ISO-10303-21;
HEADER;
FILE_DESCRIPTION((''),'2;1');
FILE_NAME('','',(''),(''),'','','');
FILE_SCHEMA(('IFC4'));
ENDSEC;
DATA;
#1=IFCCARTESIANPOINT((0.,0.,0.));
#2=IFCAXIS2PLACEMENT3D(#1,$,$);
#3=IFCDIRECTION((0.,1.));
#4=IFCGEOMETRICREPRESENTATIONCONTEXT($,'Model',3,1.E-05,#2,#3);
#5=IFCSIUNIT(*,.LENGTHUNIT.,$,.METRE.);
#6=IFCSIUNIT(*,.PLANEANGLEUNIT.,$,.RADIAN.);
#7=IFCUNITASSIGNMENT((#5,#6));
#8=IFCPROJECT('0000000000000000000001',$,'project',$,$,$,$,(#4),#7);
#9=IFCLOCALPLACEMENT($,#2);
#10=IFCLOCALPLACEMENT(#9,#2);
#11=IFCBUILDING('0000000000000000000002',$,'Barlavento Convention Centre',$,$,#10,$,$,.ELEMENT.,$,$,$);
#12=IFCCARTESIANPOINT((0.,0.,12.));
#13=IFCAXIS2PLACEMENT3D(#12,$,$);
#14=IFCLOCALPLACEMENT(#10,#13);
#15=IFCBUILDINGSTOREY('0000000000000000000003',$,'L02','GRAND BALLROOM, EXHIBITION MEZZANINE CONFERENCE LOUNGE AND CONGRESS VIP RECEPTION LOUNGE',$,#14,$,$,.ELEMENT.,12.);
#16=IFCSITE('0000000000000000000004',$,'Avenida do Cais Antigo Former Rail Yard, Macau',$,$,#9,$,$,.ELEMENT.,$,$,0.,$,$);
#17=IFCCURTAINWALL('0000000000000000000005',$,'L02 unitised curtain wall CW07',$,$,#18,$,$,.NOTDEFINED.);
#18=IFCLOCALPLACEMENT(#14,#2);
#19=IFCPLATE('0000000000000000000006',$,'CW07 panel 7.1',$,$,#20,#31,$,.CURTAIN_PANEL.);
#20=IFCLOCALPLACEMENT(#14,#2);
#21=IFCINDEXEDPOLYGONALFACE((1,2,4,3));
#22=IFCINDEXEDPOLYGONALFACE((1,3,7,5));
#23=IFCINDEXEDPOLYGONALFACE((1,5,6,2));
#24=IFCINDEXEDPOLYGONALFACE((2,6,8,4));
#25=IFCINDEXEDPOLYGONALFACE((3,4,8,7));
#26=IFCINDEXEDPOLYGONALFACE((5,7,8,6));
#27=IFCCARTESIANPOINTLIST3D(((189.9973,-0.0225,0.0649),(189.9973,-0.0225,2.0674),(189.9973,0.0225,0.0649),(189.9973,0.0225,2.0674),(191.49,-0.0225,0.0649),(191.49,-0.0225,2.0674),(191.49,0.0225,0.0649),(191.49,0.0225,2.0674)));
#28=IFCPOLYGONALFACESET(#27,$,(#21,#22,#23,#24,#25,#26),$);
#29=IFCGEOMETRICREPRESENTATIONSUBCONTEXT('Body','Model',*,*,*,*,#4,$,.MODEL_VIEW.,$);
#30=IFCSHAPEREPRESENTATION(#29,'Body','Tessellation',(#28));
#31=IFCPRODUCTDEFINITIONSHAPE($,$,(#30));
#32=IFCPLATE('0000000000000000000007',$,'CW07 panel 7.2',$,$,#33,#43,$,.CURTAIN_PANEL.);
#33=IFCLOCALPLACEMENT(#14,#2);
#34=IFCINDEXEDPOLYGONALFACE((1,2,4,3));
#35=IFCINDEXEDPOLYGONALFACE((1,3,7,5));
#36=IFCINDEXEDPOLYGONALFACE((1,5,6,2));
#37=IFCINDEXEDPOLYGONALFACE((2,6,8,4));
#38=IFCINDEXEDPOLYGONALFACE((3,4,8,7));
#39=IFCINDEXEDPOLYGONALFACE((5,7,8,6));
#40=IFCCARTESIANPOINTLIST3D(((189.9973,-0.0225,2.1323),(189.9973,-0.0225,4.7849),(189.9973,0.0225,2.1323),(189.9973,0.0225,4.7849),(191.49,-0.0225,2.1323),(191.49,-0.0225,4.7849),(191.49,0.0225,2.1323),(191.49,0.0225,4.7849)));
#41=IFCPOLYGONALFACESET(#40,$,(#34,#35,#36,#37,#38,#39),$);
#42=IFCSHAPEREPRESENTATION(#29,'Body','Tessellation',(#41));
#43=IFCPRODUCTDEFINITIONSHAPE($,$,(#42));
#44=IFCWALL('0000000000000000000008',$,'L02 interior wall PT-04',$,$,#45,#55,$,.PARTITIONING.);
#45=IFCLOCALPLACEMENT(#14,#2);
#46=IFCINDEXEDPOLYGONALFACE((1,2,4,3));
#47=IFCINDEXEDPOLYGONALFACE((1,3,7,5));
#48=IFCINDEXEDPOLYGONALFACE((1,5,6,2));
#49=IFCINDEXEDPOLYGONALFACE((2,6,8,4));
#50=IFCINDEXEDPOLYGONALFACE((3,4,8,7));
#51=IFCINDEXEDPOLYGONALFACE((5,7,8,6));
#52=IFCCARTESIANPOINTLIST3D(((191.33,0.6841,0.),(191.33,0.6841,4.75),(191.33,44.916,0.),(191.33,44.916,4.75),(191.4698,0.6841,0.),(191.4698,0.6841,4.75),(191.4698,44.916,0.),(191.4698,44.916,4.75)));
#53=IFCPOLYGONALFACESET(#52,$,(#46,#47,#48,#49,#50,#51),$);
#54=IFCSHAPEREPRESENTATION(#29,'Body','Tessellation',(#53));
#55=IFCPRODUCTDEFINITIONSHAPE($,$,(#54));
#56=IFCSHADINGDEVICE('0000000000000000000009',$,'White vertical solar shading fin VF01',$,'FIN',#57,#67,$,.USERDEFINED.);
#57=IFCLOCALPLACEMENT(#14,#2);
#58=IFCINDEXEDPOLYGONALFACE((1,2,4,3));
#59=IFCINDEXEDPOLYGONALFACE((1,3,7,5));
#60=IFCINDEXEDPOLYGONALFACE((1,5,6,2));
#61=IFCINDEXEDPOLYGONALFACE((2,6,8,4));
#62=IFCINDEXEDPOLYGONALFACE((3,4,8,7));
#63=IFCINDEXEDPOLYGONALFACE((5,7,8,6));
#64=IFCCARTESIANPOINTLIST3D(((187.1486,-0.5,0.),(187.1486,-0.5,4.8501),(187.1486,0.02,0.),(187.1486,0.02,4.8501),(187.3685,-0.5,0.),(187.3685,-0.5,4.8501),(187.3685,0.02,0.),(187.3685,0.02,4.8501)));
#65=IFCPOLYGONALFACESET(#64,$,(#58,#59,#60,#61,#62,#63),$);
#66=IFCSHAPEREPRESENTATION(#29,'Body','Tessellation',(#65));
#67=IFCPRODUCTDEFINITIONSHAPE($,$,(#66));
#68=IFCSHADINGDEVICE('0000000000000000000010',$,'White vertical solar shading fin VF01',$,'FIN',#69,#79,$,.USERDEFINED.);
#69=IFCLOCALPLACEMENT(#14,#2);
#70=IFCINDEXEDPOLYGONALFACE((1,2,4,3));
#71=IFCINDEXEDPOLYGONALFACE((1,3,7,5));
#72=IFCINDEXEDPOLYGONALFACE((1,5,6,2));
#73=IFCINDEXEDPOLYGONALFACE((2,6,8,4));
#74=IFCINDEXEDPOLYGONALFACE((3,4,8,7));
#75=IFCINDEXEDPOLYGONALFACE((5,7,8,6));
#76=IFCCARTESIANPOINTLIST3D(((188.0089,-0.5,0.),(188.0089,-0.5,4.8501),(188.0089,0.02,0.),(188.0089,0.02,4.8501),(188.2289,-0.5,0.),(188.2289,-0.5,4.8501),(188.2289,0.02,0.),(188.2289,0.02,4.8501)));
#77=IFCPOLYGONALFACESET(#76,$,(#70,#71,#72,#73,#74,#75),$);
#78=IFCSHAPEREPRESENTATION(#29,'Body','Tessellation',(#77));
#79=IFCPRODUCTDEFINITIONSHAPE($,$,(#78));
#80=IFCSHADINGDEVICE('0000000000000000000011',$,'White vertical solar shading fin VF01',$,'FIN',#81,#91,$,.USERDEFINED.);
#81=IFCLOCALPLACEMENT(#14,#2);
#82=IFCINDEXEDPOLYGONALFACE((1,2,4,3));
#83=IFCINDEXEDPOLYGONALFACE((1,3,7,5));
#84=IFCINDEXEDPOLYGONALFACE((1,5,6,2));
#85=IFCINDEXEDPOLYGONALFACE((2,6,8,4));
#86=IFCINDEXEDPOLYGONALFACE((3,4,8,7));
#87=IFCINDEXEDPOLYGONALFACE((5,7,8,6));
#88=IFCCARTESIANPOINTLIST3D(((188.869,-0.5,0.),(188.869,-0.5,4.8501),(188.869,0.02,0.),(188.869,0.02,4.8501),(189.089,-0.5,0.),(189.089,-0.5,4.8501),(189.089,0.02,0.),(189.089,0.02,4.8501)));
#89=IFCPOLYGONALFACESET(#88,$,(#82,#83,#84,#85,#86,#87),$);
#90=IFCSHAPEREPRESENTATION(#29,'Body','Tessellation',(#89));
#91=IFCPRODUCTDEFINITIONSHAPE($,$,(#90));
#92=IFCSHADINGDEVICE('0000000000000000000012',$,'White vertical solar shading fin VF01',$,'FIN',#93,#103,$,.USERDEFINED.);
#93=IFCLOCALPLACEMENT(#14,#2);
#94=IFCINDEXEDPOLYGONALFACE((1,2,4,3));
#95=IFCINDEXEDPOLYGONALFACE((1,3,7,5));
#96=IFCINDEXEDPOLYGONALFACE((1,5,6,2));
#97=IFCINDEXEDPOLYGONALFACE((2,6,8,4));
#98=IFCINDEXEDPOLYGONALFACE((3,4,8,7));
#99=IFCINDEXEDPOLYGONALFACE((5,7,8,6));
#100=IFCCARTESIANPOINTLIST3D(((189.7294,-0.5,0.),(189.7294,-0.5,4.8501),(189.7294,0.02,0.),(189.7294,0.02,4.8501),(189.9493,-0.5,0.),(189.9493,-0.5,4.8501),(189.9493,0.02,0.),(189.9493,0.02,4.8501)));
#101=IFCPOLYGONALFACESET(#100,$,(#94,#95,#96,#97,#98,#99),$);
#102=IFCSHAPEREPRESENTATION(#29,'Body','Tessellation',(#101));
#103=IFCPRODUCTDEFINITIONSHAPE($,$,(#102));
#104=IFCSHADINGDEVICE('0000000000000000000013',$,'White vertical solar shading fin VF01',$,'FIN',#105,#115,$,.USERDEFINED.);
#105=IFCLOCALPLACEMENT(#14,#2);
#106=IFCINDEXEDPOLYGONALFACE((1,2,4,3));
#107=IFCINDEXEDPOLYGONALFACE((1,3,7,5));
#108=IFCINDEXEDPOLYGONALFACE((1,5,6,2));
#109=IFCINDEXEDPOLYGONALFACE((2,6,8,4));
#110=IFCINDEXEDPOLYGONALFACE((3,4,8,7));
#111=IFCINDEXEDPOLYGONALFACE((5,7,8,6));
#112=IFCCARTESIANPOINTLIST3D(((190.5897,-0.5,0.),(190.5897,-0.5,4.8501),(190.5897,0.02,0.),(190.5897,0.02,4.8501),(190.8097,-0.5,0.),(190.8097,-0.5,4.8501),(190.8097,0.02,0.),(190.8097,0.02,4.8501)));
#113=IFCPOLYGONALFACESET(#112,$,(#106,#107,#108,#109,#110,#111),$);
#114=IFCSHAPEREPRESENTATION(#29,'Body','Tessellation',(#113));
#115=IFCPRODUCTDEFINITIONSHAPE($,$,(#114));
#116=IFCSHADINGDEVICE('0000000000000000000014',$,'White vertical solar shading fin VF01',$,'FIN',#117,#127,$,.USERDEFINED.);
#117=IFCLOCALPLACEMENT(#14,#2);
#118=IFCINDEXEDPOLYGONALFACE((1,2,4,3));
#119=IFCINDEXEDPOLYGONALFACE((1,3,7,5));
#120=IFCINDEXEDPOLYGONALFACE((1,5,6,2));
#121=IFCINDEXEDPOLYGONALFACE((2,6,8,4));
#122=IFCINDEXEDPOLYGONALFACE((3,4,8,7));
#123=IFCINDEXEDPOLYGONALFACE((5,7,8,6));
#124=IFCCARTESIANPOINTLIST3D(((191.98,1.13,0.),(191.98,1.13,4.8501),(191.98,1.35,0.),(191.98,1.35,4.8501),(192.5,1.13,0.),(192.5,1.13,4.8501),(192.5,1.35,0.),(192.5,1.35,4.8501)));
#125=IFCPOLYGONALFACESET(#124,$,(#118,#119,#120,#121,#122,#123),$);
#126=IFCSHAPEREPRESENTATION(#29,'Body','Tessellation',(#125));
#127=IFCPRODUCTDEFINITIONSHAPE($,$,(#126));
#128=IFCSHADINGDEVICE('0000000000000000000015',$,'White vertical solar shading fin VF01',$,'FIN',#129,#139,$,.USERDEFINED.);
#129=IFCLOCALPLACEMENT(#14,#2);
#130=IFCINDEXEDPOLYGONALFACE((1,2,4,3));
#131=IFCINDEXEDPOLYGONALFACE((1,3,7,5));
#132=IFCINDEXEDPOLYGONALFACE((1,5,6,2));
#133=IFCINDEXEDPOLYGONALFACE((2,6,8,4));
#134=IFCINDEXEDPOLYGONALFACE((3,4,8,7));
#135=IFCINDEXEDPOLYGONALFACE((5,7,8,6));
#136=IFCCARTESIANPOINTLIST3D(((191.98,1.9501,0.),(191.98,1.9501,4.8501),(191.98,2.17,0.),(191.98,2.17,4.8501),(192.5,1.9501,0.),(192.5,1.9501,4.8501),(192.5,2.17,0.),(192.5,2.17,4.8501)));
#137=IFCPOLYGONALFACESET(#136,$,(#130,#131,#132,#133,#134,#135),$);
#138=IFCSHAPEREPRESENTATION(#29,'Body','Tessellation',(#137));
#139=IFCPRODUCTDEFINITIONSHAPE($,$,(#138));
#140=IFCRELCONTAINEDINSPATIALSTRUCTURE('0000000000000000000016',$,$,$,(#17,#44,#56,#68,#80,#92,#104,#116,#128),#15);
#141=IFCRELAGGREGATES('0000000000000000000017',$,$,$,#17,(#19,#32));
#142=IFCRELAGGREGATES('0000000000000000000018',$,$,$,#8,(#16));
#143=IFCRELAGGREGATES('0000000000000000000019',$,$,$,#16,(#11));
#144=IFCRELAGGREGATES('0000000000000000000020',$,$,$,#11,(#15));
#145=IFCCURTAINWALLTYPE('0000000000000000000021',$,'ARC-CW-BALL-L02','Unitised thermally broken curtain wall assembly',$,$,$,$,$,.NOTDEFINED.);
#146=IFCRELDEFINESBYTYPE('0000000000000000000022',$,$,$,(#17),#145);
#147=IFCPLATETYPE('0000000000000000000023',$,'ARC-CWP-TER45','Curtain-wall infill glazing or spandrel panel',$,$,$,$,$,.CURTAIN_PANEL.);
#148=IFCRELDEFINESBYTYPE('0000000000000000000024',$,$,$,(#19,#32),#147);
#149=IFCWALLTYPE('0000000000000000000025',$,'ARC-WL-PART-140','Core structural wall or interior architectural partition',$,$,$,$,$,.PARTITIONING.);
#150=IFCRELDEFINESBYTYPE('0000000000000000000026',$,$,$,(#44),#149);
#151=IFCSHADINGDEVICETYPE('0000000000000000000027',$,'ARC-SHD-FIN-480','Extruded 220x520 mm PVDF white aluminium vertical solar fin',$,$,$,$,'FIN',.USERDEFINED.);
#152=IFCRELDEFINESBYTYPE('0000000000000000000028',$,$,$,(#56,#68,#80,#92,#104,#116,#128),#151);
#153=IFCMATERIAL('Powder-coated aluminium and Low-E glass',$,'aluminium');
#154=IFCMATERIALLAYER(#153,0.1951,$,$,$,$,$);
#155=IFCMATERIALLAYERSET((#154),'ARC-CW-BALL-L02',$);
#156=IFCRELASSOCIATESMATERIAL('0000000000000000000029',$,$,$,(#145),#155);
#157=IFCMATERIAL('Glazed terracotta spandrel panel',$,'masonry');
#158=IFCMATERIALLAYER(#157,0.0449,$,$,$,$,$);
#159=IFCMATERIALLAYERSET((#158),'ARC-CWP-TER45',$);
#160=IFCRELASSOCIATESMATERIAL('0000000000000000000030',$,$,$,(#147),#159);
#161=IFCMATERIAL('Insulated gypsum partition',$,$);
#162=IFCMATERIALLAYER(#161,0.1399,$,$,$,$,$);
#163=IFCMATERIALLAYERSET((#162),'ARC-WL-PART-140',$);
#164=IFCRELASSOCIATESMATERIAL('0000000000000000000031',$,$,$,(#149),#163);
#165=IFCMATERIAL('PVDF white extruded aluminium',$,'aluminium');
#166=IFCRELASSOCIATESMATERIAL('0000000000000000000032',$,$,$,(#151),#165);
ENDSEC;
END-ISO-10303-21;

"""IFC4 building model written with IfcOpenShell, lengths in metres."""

from ifc_helpers import new_model, si_unit, direction, frame, frame_2d, origin, origin_2d, place, context, subcontext, project, spatial, rectangle, extrude, material, layer, layer_set, type_object, element, aggregate, save


model = new_model("IFC4")

# Units and contexts
model_context = context("Model", 3, precision=1e-05, world=origin(), true_north=direction((0.0, 1.0)))
body_context = subcontext(model_context, "Body", "Model", "MODEL_VIEW")
ifc_project = project(units=[si_unit("LENGTHUNIT", "METRE"), si_unit("PLANEANGLEUNIT", "RADIAN")], contexts=[model_context])

# Site, building, storey
site_placement = place(None, origin())
site = spatial("IfcSite", under=ifc_project, at=site_placement, Name="Avenida do Cais Antigo Former Rail Yard, Macau", CompositionType="ELEMENT", RefElevation=0.0)
building_placement = place(site_placement, origin())
building = spatial("IfcBuilding", under=site, at=building_placement, Name="Barlavento Convention Centre", CompositionType="ELEMENT")
storey_placement = place(building_placement, frame((0.0, 0.0, 12.0)))
storey = spatial("IfcBuildingStorey", under=building, at=storey_placement, Name="L02", Description="GRAND BALLROOM, EXHIBITION MEZZANINE CONFERENCE LOUNGE AND CONGRESS VIP RECEPTION LOUNGE", CompositionType="ELEMENT", Elevation=12.0)

# Curtain wall
ifc_material_1 = material(Name="Powder-coated aluminium and Low-E glass", Category="aluminium")
ifc_layer_1 = layer(ifc_material_1, 0.1951)
ifc_layer_set_1 = layer_set([ifc_layer_1], Name="ARC-CW-BALL-L02")
curtain_wall_type = type_object("IfcCurtainWallType", Name="ARC-CW-BALL-L02", Description="Unitised thermally broken curtain wall assembly", PredefinedType="NOTDEFINED", material=ifc_layer_set_1)
curtain_wall_1_placement = place(storey_placement, origin())
curtain_wall_1 = element("IfcCurtainWall", 1, at=curtain_wall_1_placement, inside=storey, type_object=curtain_wall_type, Name="L02 unitised curtain wall CW07", PredefinedType="NOTDEFINED")

# Plates
ifc_material_2 = material(Name="Glazed terracotta spandrel panel", Category="masonry")
ifc_layer_2 = layer(ifc_material_2, 0.0449)
ifc_layer_set_2 = layer_set([ifc_layer_2], Name="ARC-CWP-TER45")
plate_type_1 = type_object("IfcPlateType", Name="ARC-CWP-TER45", Description="Curtain-wall infill glazing or spandrel panel", PredefinedType="CURTAIN_PANEL", material=ifc_layer_set_2)
plate_1_placement = place(storey_placement, frame((190.7437, 0.0, 0.0649), z_axis=(0.0, 0.0, 1.0), x_axis=(1.0, 0.0, 0.0)))
plate_1 = element("IfcPlate", 2, at=plate_1_placement, type_object=plate_type_1, Name="CW07 panel 7.1", PredefinedType="CURTAIN_PANEL", context=body_context, shape_type="SweptSolid", body=[
    extrude(rectangle(XDim=1.4927, YDim=0.0449, at=origin_2d()), origin(), (0.0, 0.0, 1.0), 2.0024),
])
plate_2_placement = place(storey_placement, frame((190.7437, 0.0, 2.1323), z_axis=(0.0, 0.0, 1.0), x_axis=(1.0, 0.0, 0.0)))
plate_2 = element("IfcPlate", 3, at=plate_2_placement, type_object=plate_type_1, Name="CW07 panel 7.2", PredefinedType="CURTAIN_PANEL", context=body_context, shape_type="SweptSolid", body=[
    extrude(rectangle(XDim=1.4927, YDim=0.0449, at=origin_2d()), origin(), (0.0, 0.0, 1.0), 2.6526),
])
aggregate(curtain_wall_1, [plate_1, plate_2])

# Wall
ifc_material_3 = material(Name="Insulated gypsum partition")
ifc_layer_3 = layer(ifc_material_3, 0.1399)
ifc_layer_set_3 = layer_set([ifc_layer_3], Name="ARC-WL-PART-140")
wall_type = type_object("IfcWallType", Name="ARC-WL-PART-140", Description="Core structural wall or interior architectural partition", PredefinedType="PARTITIONING", material=ifc_layer_set_3)
wall_placement = place(storey_placement, frame((191.3999, 0.6841, 0.0), z_axis=(0.0, 0.0, 1.0), x_axis=(0.0, 1.0, 0.0)))
element("IfcWall", 4, at=wall_placement, inside=storey, type_object=wall_type, Name="L02 interior wall PT-04", PredefinedType="PARTITIONING", context=body_context, shape_type="SweptSolid", body=[
    extrude(rectangle(XDim=44.2319, YDim=0.1399, at=frame_2d((22.116, 0.0))), origin(), (0.0, 0.0, 1.0), 4.75),
])

# Shading devices
ifc_material_4 = material(Name="PVDF white extruded aluminium", Category="aluminium")
shading_device_type = type_object("IfcShadingDeviceType", Name="ARC-SHD-FIN-480", Description="Extruded 220x520 mm PVDF white aluminium vertical solar fin", ElementType="FIN", PredefinedType="USERDEFINED", material=ifc_material_4)
for number, where, z_axis, x_axis, name in (
    (5, (187.2585, -0.24, 0.0), (0.0, 0.0, 1.0), (1.0, 0.0, 0.0), "White vertical solar shading fin VF01"),
    (6, (188.1189, -0.24, 0.0), (0.0, 0.0, 1.0), (1.0, 0.0, 0.0), "White vertical solar shading fin VF01"),
    (7, (188.979, -0.24, 0.0), (0.0, 0.0, 1.0), (1.0, 0.0, 0.0), "White vertical solar shading fin VF01"),
    (8, (189.8394, -0.24, 0.0), (0.0, 0.0, 1.0), (1.0, 0.0, 0.0), "White vertical solar shading fin VF01"),
    (9, (190.6997, -0.24, 0.0), (0.0, 0.0, 1.0), (1.0, 0.0, 0.0), "White vertical solar shading fin VF01"),
    (10, (192.24, 1.24, 0.0), (0.0, 0.0, 1.0), (0.0, 1.0, 0.0), "White vertical solar shading fin VF01"),
    (11, (192.24, 2.0601, 0.0), (0.0, 0.0, 1.0), (0.0, 1.0, 0.0), "White vertical solar shading fin VF01"),
):
    element("IfcShadingDevice", number, at=place(storey_placement, frame(where, z_axis=z_axis, x_axis=x_axis)), inside=storey, type_object=shading_device_type, Name=name, ObjectType="FIN", PredefinedType="USERDEFINED", context=body_context, shape_type="SweptSolid", body=[
        extrude(rectangle(XDim=0.22, YDim=0.52, at=origin_2d()), origin(), (0.0, 0.0, 1.0), 4.8501),
    ])

save(model, "model.ifc")
